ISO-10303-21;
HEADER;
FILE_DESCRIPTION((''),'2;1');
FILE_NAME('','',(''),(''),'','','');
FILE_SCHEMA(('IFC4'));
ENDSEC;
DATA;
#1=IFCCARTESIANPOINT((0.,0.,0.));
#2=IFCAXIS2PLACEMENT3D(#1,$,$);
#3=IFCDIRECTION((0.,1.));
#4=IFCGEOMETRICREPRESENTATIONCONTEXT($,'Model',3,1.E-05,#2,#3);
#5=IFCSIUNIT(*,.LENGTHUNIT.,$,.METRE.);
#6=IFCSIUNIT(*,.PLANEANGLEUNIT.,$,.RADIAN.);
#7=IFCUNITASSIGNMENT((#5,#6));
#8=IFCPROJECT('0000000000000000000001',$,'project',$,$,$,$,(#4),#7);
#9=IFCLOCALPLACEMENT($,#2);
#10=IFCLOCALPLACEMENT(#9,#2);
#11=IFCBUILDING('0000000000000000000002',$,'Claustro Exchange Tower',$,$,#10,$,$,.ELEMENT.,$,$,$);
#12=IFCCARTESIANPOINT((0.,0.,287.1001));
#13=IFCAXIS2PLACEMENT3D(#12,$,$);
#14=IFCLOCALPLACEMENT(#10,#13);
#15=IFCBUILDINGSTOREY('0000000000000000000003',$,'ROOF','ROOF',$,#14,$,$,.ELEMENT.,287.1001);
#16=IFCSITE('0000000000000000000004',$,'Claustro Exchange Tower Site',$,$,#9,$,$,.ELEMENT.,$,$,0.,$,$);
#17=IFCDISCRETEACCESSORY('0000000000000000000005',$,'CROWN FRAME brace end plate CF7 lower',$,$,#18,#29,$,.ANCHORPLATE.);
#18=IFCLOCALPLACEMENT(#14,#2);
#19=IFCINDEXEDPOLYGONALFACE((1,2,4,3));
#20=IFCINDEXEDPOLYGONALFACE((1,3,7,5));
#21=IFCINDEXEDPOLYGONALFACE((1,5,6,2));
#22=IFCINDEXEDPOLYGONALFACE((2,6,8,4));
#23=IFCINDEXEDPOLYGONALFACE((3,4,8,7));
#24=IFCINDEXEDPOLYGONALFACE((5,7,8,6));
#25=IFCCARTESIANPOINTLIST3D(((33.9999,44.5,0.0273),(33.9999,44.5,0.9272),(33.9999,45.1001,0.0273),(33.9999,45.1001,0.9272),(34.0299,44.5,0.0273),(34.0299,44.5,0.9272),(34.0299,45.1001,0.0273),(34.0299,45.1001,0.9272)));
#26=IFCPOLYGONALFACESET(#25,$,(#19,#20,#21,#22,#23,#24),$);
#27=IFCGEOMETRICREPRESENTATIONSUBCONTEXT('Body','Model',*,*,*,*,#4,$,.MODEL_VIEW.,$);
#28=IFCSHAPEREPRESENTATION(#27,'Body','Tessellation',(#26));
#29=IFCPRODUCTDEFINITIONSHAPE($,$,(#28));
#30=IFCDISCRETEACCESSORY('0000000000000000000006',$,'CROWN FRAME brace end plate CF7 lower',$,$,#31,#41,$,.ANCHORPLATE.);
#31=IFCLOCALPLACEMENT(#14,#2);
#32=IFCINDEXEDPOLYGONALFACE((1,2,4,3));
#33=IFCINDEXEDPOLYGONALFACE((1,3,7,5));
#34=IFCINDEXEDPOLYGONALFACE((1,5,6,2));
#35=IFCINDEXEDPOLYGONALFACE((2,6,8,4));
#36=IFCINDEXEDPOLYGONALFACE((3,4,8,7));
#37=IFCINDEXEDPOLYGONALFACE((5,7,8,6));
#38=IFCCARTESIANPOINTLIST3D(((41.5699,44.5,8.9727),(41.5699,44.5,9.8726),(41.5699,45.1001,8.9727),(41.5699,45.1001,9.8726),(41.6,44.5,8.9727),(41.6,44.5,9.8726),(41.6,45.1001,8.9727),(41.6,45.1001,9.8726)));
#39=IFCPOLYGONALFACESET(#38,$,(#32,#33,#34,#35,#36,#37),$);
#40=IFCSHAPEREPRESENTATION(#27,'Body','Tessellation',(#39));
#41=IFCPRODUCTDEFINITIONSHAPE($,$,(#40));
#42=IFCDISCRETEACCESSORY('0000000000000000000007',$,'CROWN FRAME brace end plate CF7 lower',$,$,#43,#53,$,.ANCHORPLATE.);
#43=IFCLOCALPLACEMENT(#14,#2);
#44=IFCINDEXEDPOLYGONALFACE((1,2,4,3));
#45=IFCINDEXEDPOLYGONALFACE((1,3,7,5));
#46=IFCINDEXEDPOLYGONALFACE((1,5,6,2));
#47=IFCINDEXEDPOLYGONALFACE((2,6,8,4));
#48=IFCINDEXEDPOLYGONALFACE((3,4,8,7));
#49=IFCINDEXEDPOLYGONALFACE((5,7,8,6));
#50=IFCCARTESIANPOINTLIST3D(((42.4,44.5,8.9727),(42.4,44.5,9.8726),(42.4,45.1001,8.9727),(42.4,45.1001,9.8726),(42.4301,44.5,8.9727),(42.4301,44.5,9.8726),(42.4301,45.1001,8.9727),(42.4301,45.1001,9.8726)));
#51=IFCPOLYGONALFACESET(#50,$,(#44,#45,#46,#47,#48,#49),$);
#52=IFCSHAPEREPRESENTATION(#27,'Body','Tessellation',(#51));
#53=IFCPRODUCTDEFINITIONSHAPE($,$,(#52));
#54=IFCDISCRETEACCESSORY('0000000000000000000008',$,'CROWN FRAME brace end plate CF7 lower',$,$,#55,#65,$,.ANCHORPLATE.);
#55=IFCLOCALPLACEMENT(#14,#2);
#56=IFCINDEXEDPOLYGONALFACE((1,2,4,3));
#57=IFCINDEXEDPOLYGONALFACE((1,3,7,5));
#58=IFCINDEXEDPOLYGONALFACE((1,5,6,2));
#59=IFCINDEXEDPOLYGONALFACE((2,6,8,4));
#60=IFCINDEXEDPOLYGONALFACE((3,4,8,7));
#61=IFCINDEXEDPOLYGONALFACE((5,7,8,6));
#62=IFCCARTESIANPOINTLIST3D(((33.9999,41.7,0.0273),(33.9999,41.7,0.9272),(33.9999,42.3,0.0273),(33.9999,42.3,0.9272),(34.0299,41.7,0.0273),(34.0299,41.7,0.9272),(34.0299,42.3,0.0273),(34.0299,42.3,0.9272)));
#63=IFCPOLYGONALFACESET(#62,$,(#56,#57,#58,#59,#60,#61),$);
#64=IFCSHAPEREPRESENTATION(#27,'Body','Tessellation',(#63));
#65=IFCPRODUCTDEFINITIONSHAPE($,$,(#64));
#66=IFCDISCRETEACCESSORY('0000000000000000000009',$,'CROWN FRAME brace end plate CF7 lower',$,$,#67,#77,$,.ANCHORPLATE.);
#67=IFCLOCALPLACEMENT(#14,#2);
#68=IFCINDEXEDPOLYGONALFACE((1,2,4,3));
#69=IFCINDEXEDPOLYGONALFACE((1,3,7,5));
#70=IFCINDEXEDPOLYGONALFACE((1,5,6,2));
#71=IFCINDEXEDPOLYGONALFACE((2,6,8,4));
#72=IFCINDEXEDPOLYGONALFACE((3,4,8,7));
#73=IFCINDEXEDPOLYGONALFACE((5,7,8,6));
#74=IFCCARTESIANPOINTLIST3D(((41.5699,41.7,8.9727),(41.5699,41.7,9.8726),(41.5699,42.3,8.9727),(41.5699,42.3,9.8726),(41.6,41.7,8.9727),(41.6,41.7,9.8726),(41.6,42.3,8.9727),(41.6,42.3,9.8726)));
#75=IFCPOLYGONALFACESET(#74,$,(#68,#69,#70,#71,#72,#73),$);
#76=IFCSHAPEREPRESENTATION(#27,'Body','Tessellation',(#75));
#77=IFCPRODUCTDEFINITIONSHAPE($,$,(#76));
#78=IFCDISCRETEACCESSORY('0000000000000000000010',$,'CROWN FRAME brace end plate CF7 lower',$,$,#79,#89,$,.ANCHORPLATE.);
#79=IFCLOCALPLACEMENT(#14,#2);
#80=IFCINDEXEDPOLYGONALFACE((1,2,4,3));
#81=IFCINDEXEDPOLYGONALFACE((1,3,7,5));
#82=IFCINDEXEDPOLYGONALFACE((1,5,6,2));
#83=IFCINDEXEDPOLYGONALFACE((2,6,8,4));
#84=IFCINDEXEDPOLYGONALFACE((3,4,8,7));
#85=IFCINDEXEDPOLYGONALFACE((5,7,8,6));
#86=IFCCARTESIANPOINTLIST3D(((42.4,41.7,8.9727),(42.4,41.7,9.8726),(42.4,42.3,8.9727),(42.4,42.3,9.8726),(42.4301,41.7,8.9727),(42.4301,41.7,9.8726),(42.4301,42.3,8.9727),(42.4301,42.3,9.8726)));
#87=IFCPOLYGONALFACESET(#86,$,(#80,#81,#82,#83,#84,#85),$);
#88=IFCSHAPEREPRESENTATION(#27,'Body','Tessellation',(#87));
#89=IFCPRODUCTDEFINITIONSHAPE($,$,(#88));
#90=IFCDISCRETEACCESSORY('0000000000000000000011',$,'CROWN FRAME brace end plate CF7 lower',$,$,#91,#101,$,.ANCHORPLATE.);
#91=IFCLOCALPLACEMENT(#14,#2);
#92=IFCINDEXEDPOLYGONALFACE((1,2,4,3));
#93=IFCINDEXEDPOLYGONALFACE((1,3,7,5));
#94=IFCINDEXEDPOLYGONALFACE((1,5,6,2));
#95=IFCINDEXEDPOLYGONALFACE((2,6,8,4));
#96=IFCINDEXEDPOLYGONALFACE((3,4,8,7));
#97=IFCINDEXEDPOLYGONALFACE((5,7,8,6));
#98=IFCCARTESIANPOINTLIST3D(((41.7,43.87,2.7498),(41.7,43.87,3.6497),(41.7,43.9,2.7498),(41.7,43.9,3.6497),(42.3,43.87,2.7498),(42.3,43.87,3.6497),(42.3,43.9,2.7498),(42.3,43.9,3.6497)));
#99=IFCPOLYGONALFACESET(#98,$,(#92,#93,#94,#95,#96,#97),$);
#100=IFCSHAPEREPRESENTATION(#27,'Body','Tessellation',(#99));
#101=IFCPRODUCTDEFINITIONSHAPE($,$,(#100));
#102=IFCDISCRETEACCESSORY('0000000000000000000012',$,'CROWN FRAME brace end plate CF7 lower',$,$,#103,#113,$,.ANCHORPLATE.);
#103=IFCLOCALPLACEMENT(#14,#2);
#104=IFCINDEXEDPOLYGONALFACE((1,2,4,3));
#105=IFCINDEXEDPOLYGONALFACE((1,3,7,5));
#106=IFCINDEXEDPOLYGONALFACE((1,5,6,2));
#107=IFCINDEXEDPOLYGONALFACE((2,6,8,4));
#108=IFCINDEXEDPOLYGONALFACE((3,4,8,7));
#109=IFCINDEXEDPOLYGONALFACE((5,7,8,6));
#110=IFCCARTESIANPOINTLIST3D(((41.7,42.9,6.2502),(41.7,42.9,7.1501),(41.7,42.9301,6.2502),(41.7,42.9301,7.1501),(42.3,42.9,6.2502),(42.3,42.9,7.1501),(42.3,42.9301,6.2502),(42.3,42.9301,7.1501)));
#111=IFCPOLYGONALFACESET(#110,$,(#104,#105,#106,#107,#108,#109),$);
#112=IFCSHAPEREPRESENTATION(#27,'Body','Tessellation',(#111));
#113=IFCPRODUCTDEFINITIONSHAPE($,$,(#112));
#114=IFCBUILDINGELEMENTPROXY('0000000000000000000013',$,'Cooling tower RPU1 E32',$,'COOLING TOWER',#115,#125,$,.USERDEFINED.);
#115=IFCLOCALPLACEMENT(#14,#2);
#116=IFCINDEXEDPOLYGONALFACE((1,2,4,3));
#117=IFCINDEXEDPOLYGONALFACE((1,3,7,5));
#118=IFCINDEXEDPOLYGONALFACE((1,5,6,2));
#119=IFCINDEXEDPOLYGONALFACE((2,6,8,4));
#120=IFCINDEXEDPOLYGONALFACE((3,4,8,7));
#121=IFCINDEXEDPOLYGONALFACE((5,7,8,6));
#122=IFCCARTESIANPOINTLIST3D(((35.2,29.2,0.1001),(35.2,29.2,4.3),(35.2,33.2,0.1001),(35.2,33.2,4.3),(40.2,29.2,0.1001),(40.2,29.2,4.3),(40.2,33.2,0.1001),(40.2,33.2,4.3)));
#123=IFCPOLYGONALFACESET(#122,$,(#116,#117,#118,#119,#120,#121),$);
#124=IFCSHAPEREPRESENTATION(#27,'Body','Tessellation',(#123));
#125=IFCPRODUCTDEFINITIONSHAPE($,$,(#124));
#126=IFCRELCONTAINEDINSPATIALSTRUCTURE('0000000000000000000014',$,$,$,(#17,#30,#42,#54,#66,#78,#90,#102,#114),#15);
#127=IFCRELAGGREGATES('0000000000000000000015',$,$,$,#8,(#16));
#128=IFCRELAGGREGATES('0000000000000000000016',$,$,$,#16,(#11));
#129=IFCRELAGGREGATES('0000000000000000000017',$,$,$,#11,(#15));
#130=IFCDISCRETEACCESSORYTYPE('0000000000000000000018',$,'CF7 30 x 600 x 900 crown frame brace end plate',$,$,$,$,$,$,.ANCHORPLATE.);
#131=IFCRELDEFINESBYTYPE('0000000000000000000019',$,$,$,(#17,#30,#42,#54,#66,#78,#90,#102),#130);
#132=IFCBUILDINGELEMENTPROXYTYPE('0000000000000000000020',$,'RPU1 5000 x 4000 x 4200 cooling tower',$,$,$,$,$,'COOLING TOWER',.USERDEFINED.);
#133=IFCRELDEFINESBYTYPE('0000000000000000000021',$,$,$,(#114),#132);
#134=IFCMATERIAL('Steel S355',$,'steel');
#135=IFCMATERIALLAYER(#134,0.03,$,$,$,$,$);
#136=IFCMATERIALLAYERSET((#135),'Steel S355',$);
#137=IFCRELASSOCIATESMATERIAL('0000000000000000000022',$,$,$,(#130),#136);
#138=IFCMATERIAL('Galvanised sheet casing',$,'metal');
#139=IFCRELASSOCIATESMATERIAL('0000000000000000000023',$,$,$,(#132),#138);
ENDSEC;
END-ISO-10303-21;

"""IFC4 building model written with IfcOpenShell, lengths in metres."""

from ifc_helpers import new_model, si_unit, direction, frame, origin, origin_2d, place, context, subcontext, project, spatial, rectangle, extrude, material, layer, layer_set, type_object, element, save


model = new_model("IFC4")

# Units and contexts
model_context = context("Model", 3, precision=1e-05, world=origin(), true_north=direction((0.0, 1.0)))
body_context = subcontext(model_context, "Body", "Model", "MODEL_VIEW")
ifc_project = project(units=[si_unit("LENGTHUNIT", "METRE"), si_unit("PLANEANGLEUNIT", "RADIAN")], contexts=[model_context])

# Site, building, storey
site_placement = place(None, origin())
site = spatial("IfcSite", under=ifc_project, at=site_placement, Name="Claustro Exchange Tower Site", CompositionType="ELEMENT", RefElevation=0.0)
building_placement = place(site_placement, origin())
building = spatial("IfcBuilding", under=site, at=building_placement, Name="Claustro Exchange Tower", CompositionType="ELEMENT")
storey_placement = place(building_placement, frame((0.0, 0.0, 287.1001)))
storey = spatial("IfcBuildingStorey", under=building, at=storey_placement, Name="ROOF", Description="ROOF", CompositionType="ELEMENT", Elevation=287.1001)

# Discrete accessories
ifc_material_1 = material(Name="Steel S355", Category="steel")
ifc_layer = layer(ifc_material_1, 0.03)
ifc_layer_set = layer_set([ifc_layer], Name="Steel S355")
discrete_accessory_type = type_object("IfcDiscreteAccessoryType", Name="CF7 30 x 600 x 900 crown frame brace end plate", PredefinedType="ANCHORPLATE", material=ifc_layer_set)
for number, where, z_axis, x_axis, name in (
    (1, (34.0149, 44.8, 0.0273), (0.0, 0.0, 1.0), (1.0, 0.0, 0.0), "CROWN FRAME brace end plate CF7 lower"),
    (2, (41.585, 44.8, 8.9727), (0.0, 0.0, 1.0), (1.0, 0.0, 0.0), "CROWN FRAME brace end plate CF7 lower"),
    (3, (42.415, 44.8, 8.9727), (0.0, 0.0, 1.0), (-1.0, 0.0, 0.0), "CROWN FRAME brace end plate CF7 lower"),
    (4, (34.0149, 42.0, 0.0273), (0.0, 0.0, 1.0), (1.0, 0.0, 0.0), "CROWN FRAME brace end plate CF7 lower"),
    (5, (41.585, 42.0, 8.9727), (0.0, 0.0, 1.0), (1.0, 0.0, 0.0), "CROWN FRAME brace end plate CF7 lower"),
    (6, (42.415, 42.0, 8.9727), (0.0, 0.0, 1.0), (-1.0, 0.0, 0.0), "CROWN FRAME brace end plate CF7 lower"),
    (7, (42.0, 43.885, 2.7498), (0.0, 0.0, 1.0), (0.0, -1.0, 0.0), "CROWN FRAME brace end plate CF7 lower"),
    (8, (42.0, 42.915, 6.2502), (0.0, 0.0, 1.0), (0.0, -1.0, 0.0), "CROWN FRAME brace end plate CF7 lower"),
):
    element("IfcDiscreteAccessory", number, at=place(storey_placement, frame(where, z_axis=z_axis, x_axis=x_axis)), inside=storey, type_object=discrete_accessory_type, Name=name, PredefinedType="ANCHORPLATE", context=body_context, shape_type="SweptSolid", body=[
        extrude(rectangle(XDim=0.03, YDim=0.6001, at=origin_2d()), origin(), (0.0, 0.0, 1.0), 0.8999),
    ])

# Building element proxy
ifc_material_2 = material(Name="Galvanised sheet casing", Category="metal")
building_element_proxy_type = type_object("IfcBuildingElementProxyType", Name="RPU1 5000 x 4000 x 4200 cooling tower", ElementType="COOLING TOWER", PredefinedType="USERDEFINED", material=ifc_material_2)
proxy_placement = place(storey_placement, frame((37.7, 31.2, 0.1001), z_axis=(0.0, 0.0, 1.0), x_axis=(1.0, 0.0, 0.0)))
element("IfcBuildingElementProxy", 9, at=proxy_placement, inside=storey, type_object=building_element_proxy_type, Name="Cooling tower RPU1 E32", ObjectType="COOLING TOWER", PredefinedType="USERDEFINED", context=body_context, shape_type="SweptSolid", body=[
    extrude(rectangle(XDim=5.0, YDim=4.0, at=origin_2d()), origin(), (0.0, 0.0, 1.0), 4.2),
])

save(model, "model.ifc")
